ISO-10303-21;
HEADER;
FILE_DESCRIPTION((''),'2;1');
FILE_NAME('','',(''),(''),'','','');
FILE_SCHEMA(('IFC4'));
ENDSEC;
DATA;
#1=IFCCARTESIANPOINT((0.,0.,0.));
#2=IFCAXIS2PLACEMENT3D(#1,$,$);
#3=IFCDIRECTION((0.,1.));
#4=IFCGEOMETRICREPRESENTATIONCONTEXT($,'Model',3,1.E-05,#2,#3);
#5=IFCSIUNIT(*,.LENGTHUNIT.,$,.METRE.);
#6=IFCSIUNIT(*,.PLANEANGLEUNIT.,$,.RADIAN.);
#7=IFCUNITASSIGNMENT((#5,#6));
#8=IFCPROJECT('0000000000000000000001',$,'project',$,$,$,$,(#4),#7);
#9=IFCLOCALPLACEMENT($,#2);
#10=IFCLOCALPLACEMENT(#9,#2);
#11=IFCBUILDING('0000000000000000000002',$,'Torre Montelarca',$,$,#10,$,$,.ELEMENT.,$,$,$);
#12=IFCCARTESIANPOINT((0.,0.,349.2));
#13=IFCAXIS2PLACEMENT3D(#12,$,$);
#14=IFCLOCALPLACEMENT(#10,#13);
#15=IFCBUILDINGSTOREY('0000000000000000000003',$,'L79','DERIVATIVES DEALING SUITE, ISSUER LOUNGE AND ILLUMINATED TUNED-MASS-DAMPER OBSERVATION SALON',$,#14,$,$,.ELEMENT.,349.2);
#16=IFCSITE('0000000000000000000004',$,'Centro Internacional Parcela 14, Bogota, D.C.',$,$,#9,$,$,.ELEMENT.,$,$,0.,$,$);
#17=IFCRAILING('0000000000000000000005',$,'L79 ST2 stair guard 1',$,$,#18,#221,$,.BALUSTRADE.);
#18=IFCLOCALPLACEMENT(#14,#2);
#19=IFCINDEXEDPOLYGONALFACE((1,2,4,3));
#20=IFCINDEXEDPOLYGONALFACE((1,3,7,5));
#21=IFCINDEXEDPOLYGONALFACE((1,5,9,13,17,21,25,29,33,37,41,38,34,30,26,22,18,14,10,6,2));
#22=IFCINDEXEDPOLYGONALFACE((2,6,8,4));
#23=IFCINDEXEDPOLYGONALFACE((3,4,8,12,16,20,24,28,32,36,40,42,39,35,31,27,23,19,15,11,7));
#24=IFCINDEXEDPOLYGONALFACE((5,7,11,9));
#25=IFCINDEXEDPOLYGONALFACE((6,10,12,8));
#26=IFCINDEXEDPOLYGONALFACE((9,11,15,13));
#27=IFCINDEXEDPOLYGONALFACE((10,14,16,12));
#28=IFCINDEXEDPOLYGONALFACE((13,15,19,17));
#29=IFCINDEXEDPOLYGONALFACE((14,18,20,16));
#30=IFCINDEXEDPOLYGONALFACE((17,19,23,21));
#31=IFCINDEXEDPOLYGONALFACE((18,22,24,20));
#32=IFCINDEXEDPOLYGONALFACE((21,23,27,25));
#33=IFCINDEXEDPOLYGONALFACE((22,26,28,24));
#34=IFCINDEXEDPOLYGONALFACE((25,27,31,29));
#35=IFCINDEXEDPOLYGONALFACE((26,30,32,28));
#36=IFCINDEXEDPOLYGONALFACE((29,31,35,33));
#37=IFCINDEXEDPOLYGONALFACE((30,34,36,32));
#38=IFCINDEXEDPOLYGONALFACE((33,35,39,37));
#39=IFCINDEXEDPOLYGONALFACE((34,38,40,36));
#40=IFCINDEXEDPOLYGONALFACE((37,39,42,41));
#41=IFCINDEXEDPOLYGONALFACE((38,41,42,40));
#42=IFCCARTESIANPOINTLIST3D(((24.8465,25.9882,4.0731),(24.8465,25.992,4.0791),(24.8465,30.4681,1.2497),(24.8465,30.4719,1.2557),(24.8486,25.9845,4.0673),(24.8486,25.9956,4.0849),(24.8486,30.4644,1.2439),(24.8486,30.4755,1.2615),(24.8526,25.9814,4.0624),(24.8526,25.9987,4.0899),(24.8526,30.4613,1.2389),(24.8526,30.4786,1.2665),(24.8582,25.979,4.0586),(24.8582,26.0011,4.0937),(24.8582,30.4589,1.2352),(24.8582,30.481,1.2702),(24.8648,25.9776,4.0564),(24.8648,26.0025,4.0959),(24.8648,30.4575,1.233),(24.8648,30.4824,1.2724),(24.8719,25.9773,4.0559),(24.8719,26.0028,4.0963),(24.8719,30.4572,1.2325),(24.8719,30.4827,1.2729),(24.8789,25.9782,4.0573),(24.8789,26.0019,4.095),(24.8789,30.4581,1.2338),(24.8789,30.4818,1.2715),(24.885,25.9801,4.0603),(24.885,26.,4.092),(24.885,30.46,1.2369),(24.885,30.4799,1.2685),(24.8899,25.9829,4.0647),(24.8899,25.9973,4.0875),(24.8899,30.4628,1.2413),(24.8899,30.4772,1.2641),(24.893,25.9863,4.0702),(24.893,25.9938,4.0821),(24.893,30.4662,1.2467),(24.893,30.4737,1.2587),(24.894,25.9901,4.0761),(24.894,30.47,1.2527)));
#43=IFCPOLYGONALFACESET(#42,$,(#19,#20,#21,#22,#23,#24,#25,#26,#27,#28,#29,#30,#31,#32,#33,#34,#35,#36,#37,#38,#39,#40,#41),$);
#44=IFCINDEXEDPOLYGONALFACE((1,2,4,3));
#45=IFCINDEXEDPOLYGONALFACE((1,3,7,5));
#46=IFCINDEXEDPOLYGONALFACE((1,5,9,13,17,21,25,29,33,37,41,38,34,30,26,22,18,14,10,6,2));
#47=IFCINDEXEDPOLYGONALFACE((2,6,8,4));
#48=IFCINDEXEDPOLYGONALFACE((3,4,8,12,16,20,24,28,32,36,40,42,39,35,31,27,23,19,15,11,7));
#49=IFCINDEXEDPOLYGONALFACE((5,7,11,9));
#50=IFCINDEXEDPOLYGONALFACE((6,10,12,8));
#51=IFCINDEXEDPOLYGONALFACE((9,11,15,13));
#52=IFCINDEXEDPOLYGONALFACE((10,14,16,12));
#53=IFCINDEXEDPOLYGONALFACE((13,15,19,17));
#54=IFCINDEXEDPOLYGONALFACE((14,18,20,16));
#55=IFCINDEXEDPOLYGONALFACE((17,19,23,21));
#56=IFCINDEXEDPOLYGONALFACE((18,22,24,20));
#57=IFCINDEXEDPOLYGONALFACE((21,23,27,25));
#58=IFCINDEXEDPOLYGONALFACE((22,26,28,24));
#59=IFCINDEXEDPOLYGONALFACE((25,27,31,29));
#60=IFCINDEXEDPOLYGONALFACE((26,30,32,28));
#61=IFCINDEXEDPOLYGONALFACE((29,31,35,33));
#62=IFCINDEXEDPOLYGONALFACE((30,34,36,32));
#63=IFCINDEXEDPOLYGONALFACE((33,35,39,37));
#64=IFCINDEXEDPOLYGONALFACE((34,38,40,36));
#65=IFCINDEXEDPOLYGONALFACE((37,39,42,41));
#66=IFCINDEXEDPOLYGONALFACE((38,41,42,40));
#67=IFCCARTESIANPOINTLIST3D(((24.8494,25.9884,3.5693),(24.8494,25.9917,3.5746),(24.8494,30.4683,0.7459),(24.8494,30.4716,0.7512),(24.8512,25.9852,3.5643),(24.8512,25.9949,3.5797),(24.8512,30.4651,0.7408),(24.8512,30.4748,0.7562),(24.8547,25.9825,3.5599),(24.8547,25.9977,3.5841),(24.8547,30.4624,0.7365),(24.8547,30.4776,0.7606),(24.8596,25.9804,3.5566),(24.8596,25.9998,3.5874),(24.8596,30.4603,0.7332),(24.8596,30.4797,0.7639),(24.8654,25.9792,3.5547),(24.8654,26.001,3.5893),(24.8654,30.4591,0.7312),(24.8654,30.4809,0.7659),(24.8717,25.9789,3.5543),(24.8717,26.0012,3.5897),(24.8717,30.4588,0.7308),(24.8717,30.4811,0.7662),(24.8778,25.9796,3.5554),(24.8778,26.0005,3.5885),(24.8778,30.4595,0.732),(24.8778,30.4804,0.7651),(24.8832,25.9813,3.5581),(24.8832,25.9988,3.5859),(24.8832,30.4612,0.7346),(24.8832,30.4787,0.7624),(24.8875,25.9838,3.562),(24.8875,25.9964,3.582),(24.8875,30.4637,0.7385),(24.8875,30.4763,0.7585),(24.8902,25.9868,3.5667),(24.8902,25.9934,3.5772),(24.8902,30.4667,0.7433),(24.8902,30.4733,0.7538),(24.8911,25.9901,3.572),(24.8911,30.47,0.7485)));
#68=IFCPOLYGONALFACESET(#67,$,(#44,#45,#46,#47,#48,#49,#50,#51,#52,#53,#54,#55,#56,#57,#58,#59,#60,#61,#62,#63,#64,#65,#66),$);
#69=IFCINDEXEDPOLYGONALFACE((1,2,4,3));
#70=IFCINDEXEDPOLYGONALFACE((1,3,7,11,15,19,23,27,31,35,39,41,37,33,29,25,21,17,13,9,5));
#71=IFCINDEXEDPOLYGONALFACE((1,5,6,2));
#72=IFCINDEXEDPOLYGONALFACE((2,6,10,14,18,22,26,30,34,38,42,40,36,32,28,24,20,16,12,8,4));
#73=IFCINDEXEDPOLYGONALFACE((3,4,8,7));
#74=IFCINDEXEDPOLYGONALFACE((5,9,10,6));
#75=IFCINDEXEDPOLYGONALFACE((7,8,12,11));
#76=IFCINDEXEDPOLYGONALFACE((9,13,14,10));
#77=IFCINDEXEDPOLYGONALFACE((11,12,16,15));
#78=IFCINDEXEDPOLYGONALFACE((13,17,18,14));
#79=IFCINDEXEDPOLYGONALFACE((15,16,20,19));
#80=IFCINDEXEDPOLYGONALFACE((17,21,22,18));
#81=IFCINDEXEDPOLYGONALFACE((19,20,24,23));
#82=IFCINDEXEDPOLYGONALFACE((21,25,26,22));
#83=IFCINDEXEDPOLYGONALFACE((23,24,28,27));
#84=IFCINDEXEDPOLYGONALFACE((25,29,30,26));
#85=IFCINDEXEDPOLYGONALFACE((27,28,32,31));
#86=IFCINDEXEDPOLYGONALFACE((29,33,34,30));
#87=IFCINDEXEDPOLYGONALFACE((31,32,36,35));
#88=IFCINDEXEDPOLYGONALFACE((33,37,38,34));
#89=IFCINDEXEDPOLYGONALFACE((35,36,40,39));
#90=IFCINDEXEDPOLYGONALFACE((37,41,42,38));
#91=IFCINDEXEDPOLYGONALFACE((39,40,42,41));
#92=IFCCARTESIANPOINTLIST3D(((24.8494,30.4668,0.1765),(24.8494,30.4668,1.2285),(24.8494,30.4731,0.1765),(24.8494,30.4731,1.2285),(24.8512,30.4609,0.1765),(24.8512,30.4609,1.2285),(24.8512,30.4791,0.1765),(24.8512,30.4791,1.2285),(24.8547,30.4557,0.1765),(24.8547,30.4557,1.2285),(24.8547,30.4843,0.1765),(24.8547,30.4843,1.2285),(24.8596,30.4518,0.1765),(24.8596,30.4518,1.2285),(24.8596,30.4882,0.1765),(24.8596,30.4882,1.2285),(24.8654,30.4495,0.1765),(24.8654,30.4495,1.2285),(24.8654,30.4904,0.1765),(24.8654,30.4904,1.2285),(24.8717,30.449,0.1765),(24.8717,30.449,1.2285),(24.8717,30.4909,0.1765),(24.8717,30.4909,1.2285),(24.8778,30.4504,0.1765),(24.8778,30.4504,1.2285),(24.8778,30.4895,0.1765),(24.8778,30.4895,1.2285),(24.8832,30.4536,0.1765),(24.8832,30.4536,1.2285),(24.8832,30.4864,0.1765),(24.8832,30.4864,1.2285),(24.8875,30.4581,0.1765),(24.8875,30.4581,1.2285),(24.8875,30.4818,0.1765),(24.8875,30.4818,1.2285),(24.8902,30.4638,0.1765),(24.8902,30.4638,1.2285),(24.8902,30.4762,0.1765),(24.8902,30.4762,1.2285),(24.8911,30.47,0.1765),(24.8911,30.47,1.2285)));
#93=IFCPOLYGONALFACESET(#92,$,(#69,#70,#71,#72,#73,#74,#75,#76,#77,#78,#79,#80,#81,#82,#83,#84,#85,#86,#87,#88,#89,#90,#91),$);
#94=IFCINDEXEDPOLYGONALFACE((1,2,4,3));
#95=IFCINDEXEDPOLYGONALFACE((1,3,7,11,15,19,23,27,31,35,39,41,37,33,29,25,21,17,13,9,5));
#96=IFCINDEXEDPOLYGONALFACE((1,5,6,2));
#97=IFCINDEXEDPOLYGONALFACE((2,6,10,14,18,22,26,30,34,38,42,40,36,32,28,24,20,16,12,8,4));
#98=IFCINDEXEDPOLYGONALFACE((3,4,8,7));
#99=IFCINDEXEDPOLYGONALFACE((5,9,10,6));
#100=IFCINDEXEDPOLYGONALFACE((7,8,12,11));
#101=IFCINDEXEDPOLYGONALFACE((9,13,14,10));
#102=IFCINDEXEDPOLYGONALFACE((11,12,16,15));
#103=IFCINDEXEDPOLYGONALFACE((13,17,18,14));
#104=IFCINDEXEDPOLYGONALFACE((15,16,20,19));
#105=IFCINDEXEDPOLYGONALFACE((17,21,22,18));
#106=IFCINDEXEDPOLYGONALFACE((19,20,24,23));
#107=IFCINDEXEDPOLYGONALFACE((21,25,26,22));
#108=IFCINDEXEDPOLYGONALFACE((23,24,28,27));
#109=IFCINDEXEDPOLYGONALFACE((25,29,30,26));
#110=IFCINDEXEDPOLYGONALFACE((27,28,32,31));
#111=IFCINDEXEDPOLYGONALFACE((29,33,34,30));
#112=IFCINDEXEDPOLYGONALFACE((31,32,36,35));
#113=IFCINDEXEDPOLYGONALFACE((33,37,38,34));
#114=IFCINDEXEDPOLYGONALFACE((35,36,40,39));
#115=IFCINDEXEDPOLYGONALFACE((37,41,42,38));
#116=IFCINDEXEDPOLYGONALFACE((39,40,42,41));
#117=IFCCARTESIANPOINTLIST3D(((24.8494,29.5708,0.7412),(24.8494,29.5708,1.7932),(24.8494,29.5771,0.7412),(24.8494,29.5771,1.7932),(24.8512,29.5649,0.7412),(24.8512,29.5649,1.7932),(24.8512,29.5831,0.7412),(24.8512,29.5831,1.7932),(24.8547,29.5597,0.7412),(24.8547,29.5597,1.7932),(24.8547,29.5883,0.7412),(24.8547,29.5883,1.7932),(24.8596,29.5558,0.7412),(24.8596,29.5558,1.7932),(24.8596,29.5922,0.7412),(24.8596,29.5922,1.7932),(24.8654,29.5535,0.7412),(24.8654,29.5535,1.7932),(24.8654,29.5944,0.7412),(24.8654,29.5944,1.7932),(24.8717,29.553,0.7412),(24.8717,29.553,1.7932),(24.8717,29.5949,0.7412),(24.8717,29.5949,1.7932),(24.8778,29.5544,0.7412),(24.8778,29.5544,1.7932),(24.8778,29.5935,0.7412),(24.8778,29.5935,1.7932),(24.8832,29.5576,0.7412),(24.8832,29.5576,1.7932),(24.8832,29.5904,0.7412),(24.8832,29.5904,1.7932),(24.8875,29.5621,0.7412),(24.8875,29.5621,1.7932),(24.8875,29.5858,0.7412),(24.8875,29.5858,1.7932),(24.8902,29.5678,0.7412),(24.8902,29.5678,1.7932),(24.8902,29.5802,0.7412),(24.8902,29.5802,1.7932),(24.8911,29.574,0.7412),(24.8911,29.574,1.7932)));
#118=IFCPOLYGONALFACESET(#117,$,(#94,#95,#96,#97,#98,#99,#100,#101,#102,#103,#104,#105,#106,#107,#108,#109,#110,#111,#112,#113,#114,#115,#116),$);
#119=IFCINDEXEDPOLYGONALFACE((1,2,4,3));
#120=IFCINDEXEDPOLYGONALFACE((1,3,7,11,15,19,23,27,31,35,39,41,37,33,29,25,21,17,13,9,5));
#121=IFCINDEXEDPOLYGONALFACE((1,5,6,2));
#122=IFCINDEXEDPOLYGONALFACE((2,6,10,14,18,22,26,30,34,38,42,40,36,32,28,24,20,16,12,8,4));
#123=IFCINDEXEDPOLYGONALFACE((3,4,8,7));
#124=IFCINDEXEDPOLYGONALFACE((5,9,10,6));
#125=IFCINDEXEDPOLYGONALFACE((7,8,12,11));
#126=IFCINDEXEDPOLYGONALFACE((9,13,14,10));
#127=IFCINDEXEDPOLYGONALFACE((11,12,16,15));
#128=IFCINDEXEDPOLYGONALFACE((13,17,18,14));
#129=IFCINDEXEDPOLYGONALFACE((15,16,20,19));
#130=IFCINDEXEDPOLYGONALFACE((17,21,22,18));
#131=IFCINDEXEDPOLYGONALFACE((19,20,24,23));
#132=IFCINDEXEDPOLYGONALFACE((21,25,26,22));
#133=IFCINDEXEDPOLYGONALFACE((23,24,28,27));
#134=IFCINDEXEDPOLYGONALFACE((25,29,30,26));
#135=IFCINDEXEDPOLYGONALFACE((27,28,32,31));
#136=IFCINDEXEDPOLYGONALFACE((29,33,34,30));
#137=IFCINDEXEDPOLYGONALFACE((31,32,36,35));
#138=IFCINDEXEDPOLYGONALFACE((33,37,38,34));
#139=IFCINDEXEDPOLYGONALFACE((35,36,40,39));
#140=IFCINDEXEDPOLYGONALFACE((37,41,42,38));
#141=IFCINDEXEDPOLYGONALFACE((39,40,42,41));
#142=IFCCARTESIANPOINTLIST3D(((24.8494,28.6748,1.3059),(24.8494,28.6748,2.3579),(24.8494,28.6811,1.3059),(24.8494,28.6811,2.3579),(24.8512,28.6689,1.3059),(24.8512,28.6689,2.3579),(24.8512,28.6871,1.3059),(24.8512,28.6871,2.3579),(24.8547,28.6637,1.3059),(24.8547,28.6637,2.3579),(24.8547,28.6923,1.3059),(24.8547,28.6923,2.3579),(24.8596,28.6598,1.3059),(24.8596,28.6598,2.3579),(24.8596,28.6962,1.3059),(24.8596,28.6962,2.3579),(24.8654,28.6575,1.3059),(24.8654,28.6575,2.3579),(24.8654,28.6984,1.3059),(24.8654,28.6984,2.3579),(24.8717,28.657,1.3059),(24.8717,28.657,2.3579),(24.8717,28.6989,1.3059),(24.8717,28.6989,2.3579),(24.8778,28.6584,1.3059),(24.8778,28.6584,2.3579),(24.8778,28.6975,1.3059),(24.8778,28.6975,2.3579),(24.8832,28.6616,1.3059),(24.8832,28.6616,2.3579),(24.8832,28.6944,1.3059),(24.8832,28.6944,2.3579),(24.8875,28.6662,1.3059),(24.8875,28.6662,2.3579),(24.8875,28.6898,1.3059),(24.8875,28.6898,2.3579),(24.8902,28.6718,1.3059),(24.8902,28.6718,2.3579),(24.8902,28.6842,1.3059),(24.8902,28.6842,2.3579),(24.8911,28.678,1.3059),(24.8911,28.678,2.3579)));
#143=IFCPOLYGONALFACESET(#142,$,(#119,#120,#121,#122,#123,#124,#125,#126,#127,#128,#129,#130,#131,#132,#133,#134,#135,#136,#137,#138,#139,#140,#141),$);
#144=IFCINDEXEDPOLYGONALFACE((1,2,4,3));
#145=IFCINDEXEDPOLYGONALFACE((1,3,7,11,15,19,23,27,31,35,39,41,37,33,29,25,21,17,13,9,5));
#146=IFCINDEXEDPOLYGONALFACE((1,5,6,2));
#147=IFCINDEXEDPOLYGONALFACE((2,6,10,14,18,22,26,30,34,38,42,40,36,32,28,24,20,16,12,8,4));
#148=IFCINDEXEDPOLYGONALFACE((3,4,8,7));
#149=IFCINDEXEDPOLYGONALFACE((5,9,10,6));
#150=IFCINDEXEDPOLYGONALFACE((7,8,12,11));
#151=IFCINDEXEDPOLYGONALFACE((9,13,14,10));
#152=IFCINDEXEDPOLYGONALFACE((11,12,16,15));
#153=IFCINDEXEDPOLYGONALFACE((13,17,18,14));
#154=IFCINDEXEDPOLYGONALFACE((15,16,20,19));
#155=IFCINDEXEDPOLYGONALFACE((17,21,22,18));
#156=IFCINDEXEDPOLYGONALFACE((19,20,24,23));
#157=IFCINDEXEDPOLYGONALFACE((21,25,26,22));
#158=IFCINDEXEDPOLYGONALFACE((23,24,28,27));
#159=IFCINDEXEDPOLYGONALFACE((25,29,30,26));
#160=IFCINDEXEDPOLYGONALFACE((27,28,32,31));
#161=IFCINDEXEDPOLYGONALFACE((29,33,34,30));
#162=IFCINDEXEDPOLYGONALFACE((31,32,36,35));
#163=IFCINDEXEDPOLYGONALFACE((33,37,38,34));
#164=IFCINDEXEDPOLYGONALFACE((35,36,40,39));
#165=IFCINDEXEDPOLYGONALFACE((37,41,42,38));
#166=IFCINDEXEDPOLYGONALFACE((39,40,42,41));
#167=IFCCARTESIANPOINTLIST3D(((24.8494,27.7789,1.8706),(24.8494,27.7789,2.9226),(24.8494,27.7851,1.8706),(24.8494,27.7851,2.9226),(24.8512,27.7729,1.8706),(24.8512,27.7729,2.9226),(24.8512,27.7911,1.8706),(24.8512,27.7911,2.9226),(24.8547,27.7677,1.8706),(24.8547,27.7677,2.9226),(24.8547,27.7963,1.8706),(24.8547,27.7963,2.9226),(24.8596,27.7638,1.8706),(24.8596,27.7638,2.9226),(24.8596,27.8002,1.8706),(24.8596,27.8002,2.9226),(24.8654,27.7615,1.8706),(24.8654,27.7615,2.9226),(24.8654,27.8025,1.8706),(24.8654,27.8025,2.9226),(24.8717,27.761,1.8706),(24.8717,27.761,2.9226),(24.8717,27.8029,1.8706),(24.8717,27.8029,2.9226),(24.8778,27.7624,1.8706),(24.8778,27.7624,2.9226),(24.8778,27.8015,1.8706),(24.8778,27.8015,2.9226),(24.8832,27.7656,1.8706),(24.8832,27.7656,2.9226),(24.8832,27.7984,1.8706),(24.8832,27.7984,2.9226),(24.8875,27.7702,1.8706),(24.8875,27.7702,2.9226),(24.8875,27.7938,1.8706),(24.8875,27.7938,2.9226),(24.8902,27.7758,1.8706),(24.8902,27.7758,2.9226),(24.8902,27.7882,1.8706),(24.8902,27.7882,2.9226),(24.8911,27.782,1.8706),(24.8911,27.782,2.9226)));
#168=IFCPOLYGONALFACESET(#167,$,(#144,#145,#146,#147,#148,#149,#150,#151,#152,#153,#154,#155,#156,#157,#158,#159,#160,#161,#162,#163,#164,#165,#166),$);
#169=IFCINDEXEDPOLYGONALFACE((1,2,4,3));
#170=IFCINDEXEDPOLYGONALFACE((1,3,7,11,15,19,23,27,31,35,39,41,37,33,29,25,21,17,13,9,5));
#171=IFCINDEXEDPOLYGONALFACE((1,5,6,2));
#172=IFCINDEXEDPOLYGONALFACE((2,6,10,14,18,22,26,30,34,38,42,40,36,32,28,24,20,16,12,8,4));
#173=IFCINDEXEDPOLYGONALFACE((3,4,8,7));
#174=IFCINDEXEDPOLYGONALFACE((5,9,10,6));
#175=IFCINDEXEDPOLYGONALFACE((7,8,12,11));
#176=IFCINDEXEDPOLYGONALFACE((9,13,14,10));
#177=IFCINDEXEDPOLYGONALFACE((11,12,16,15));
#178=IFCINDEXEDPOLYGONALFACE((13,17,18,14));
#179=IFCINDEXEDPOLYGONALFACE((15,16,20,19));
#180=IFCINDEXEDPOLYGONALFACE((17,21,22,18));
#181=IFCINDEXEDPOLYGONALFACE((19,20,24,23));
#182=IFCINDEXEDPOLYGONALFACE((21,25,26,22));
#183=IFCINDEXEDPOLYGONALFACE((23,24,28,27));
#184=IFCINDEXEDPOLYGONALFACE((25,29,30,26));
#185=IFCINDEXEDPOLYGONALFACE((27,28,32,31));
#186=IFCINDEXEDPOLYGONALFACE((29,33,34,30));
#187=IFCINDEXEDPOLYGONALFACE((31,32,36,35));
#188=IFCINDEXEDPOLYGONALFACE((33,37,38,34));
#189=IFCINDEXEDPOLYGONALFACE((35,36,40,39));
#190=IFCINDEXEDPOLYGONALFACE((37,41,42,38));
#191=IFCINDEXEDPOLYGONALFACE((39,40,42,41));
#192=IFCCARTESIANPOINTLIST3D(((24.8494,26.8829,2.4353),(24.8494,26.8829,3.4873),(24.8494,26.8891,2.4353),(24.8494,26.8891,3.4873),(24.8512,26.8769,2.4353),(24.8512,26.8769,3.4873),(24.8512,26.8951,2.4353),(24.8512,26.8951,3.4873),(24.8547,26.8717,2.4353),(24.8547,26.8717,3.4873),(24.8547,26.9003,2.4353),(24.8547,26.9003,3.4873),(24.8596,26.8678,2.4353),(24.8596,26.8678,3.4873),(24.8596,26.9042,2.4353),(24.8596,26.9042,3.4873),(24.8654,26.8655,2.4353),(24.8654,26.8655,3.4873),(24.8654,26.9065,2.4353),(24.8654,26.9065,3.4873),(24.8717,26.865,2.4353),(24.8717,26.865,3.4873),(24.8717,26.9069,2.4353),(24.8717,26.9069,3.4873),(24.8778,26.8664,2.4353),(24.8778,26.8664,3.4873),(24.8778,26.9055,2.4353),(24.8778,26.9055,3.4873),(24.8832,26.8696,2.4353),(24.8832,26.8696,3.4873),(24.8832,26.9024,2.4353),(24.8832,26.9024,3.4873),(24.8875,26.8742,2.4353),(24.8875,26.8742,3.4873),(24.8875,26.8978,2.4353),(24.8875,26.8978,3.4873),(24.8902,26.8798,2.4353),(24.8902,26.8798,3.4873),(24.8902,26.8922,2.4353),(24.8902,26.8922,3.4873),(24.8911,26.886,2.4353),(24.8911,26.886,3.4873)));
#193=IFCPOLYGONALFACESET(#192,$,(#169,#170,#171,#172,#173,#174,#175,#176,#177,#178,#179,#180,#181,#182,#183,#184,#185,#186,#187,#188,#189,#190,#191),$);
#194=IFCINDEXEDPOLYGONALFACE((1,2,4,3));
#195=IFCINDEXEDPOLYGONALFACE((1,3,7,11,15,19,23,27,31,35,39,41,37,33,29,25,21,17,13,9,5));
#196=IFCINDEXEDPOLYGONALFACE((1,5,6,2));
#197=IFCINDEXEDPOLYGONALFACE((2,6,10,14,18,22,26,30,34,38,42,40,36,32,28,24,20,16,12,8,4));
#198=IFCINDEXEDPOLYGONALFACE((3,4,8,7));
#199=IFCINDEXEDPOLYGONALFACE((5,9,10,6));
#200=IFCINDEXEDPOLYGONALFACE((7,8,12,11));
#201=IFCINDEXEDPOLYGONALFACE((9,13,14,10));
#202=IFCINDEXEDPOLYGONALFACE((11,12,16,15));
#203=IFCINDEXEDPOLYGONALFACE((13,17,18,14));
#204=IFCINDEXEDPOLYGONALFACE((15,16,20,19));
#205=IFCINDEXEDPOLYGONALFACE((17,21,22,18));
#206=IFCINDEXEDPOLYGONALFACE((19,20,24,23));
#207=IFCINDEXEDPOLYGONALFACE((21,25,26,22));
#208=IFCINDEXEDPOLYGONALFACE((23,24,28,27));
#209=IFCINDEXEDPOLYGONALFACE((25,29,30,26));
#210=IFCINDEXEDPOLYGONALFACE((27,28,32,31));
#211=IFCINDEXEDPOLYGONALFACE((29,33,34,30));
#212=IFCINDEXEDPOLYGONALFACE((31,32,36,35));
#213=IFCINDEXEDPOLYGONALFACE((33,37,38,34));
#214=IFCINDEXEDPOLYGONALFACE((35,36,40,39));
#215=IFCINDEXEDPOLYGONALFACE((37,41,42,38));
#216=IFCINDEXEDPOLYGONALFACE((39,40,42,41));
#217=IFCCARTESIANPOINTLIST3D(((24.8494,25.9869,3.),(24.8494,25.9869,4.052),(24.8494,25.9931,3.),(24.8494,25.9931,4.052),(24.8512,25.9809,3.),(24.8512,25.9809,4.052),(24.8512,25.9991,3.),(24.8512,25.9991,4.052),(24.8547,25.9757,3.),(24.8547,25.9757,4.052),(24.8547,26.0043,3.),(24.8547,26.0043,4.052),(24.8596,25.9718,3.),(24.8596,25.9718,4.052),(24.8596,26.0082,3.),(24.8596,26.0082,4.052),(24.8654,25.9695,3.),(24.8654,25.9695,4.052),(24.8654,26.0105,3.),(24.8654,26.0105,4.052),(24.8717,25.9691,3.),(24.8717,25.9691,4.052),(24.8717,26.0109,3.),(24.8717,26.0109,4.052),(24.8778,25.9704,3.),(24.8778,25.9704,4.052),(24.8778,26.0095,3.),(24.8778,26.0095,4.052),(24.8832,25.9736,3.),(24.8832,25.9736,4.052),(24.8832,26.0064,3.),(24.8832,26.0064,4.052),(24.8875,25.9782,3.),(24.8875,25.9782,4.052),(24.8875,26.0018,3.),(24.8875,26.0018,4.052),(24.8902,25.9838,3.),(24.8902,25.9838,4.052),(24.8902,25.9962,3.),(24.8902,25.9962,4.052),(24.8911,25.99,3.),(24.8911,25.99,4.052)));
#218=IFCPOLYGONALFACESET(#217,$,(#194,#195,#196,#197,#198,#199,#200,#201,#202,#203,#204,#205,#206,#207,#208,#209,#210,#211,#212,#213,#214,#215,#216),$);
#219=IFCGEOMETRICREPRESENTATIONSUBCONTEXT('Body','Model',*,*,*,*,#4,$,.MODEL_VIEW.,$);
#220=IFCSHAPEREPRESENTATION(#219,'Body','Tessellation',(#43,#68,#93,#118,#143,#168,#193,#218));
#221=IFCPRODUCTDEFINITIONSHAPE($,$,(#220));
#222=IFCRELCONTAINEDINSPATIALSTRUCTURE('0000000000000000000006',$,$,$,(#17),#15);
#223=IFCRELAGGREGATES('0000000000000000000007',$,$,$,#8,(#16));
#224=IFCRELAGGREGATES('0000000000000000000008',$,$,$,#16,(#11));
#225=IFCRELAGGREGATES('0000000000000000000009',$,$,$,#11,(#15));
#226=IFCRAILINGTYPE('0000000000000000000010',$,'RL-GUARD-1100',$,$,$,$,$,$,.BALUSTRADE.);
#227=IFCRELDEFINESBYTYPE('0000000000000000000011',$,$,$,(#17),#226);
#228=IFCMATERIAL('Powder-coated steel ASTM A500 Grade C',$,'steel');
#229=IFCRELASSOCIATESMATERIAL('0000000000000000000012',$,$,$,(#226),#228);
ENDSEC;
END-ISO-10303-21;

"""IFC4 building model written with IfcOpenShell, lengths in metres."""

from ifc_helpers import new_model, si_unit, direction, frame, origin, origin_2d, place, context, subcontext, project, spatial, circle, extrude, material, type_object, element, save


model = new_model("IFC4")

# Units and contexts
model_context = context("Model", 3, precision=1e-05, world=origin(), true_north=direction((0.0, 1.0)))
body_context = subcontext(model_context, "Body", "Model", "MODEL_VIEW")
ifc_project = project(units=[si_unit("LENGTHUNIT", "METRE"), si_unit("PLANEANGLEUNIT", "RADIAN")], contexts=[model_context])

# Site, building, storey
site_placement = place(None, origin())
site = spatial("IfcSite", under=ifc_project, at=site_placement, Name="Centro Internacional Parcela 14, Bogota, D.C.", CompositionType="ELEMENT", RefElevation=0.0)
building_placement = place(site_placement, origin())
building = spatial("IfcBuilding", under=site, at=building_placement, Name="Torre Montelarca", CompositionType="ELEMENT")
storey_placement = place(building_placement, frame((0.0, 0.0, 349.2)))
storey = spatial("IfcBuildingStorey", under=building, at=storey_placement, Name="L79", Description="DERIVATIVES DEALING SUITE, ISSUER LOUNGE AND ILLUMINATED TUNED-MASS-DAMPER OBSERVATION SALON", CompositionType="ELEMENT", Elevation=349.2)

# Railing
ifc_material_1 = material(Name="Powder-coated steel ASTM A500 Grade C", Category="steel")
railing_type_1 = type_object("IfcRailingType", Name="RL-GUARD-1100", PredefinedType="BALUSTRADE", material=ifc_material_1)
railing_1_placement = place(storey_placement, frame((24.8701, 30.47, 0.1765)))
element("IfcRailing", 1, at=railing_1_placement, inside=storey, type_object=railing_type_1, Name="L79 ST2 stair guard 1", PredefinedType="BALUSTRADE", context=body_context, shape_type="SweptSolid", body=[
    extrude(circle(Radius=0.0239, at=origin_2d()), frame((0.0, 0.0, 1.0762), z_axis=(0.0, -0.845998, 0.533186), x_axis=(1.0, 0.0, 0.0)), (0.0, 0.0, 1.0), 5.2954),
    extrude(circle(Radius=0.021, at=origin_2d()), frame((0.0, 0.0, 0.572), z_axis=(0.0, -0.845998, 0.533186), x_axis=(1.0, 0.0, 0.0)), (0.0, 0.0, 1.0), 5.2954),
    extrude(circle(Radius=0.021, at=origin_2d()), origin(), (0.0, 0.0, 1.0), 1.052),
    extrude(circle(Radius=0.021, at=origin_2d()), frame((0.0, -0.896, 0.5647)), (0.0, 0.0, 1.0), 1.052),
    extrude(circle(Radius=0.021, at=origin_2d()), frame((0.0, -1.792, 1.1294)), (0.0, 0.0, 1.0), 1.052),
    extrude(circle(Radius=0.021, at=origin_2d()), frame((0.0, -2.688, 1.6941)), (0.0, 0.0, 1.0), 1.052),
    extrude(circle(Radius=0.021, at=origin_2d()), frame((0.0, -3.584, 2.2588)), (0.0, 0.0, 1.0), 1.052),
    extrude(circle(Radius=0.021, at=origin_2d()), frame((0.0, -4.48, 2.8235)), (0.0, 0.0, 1.0), 1.052),
])

save(model, "model.ifc")
